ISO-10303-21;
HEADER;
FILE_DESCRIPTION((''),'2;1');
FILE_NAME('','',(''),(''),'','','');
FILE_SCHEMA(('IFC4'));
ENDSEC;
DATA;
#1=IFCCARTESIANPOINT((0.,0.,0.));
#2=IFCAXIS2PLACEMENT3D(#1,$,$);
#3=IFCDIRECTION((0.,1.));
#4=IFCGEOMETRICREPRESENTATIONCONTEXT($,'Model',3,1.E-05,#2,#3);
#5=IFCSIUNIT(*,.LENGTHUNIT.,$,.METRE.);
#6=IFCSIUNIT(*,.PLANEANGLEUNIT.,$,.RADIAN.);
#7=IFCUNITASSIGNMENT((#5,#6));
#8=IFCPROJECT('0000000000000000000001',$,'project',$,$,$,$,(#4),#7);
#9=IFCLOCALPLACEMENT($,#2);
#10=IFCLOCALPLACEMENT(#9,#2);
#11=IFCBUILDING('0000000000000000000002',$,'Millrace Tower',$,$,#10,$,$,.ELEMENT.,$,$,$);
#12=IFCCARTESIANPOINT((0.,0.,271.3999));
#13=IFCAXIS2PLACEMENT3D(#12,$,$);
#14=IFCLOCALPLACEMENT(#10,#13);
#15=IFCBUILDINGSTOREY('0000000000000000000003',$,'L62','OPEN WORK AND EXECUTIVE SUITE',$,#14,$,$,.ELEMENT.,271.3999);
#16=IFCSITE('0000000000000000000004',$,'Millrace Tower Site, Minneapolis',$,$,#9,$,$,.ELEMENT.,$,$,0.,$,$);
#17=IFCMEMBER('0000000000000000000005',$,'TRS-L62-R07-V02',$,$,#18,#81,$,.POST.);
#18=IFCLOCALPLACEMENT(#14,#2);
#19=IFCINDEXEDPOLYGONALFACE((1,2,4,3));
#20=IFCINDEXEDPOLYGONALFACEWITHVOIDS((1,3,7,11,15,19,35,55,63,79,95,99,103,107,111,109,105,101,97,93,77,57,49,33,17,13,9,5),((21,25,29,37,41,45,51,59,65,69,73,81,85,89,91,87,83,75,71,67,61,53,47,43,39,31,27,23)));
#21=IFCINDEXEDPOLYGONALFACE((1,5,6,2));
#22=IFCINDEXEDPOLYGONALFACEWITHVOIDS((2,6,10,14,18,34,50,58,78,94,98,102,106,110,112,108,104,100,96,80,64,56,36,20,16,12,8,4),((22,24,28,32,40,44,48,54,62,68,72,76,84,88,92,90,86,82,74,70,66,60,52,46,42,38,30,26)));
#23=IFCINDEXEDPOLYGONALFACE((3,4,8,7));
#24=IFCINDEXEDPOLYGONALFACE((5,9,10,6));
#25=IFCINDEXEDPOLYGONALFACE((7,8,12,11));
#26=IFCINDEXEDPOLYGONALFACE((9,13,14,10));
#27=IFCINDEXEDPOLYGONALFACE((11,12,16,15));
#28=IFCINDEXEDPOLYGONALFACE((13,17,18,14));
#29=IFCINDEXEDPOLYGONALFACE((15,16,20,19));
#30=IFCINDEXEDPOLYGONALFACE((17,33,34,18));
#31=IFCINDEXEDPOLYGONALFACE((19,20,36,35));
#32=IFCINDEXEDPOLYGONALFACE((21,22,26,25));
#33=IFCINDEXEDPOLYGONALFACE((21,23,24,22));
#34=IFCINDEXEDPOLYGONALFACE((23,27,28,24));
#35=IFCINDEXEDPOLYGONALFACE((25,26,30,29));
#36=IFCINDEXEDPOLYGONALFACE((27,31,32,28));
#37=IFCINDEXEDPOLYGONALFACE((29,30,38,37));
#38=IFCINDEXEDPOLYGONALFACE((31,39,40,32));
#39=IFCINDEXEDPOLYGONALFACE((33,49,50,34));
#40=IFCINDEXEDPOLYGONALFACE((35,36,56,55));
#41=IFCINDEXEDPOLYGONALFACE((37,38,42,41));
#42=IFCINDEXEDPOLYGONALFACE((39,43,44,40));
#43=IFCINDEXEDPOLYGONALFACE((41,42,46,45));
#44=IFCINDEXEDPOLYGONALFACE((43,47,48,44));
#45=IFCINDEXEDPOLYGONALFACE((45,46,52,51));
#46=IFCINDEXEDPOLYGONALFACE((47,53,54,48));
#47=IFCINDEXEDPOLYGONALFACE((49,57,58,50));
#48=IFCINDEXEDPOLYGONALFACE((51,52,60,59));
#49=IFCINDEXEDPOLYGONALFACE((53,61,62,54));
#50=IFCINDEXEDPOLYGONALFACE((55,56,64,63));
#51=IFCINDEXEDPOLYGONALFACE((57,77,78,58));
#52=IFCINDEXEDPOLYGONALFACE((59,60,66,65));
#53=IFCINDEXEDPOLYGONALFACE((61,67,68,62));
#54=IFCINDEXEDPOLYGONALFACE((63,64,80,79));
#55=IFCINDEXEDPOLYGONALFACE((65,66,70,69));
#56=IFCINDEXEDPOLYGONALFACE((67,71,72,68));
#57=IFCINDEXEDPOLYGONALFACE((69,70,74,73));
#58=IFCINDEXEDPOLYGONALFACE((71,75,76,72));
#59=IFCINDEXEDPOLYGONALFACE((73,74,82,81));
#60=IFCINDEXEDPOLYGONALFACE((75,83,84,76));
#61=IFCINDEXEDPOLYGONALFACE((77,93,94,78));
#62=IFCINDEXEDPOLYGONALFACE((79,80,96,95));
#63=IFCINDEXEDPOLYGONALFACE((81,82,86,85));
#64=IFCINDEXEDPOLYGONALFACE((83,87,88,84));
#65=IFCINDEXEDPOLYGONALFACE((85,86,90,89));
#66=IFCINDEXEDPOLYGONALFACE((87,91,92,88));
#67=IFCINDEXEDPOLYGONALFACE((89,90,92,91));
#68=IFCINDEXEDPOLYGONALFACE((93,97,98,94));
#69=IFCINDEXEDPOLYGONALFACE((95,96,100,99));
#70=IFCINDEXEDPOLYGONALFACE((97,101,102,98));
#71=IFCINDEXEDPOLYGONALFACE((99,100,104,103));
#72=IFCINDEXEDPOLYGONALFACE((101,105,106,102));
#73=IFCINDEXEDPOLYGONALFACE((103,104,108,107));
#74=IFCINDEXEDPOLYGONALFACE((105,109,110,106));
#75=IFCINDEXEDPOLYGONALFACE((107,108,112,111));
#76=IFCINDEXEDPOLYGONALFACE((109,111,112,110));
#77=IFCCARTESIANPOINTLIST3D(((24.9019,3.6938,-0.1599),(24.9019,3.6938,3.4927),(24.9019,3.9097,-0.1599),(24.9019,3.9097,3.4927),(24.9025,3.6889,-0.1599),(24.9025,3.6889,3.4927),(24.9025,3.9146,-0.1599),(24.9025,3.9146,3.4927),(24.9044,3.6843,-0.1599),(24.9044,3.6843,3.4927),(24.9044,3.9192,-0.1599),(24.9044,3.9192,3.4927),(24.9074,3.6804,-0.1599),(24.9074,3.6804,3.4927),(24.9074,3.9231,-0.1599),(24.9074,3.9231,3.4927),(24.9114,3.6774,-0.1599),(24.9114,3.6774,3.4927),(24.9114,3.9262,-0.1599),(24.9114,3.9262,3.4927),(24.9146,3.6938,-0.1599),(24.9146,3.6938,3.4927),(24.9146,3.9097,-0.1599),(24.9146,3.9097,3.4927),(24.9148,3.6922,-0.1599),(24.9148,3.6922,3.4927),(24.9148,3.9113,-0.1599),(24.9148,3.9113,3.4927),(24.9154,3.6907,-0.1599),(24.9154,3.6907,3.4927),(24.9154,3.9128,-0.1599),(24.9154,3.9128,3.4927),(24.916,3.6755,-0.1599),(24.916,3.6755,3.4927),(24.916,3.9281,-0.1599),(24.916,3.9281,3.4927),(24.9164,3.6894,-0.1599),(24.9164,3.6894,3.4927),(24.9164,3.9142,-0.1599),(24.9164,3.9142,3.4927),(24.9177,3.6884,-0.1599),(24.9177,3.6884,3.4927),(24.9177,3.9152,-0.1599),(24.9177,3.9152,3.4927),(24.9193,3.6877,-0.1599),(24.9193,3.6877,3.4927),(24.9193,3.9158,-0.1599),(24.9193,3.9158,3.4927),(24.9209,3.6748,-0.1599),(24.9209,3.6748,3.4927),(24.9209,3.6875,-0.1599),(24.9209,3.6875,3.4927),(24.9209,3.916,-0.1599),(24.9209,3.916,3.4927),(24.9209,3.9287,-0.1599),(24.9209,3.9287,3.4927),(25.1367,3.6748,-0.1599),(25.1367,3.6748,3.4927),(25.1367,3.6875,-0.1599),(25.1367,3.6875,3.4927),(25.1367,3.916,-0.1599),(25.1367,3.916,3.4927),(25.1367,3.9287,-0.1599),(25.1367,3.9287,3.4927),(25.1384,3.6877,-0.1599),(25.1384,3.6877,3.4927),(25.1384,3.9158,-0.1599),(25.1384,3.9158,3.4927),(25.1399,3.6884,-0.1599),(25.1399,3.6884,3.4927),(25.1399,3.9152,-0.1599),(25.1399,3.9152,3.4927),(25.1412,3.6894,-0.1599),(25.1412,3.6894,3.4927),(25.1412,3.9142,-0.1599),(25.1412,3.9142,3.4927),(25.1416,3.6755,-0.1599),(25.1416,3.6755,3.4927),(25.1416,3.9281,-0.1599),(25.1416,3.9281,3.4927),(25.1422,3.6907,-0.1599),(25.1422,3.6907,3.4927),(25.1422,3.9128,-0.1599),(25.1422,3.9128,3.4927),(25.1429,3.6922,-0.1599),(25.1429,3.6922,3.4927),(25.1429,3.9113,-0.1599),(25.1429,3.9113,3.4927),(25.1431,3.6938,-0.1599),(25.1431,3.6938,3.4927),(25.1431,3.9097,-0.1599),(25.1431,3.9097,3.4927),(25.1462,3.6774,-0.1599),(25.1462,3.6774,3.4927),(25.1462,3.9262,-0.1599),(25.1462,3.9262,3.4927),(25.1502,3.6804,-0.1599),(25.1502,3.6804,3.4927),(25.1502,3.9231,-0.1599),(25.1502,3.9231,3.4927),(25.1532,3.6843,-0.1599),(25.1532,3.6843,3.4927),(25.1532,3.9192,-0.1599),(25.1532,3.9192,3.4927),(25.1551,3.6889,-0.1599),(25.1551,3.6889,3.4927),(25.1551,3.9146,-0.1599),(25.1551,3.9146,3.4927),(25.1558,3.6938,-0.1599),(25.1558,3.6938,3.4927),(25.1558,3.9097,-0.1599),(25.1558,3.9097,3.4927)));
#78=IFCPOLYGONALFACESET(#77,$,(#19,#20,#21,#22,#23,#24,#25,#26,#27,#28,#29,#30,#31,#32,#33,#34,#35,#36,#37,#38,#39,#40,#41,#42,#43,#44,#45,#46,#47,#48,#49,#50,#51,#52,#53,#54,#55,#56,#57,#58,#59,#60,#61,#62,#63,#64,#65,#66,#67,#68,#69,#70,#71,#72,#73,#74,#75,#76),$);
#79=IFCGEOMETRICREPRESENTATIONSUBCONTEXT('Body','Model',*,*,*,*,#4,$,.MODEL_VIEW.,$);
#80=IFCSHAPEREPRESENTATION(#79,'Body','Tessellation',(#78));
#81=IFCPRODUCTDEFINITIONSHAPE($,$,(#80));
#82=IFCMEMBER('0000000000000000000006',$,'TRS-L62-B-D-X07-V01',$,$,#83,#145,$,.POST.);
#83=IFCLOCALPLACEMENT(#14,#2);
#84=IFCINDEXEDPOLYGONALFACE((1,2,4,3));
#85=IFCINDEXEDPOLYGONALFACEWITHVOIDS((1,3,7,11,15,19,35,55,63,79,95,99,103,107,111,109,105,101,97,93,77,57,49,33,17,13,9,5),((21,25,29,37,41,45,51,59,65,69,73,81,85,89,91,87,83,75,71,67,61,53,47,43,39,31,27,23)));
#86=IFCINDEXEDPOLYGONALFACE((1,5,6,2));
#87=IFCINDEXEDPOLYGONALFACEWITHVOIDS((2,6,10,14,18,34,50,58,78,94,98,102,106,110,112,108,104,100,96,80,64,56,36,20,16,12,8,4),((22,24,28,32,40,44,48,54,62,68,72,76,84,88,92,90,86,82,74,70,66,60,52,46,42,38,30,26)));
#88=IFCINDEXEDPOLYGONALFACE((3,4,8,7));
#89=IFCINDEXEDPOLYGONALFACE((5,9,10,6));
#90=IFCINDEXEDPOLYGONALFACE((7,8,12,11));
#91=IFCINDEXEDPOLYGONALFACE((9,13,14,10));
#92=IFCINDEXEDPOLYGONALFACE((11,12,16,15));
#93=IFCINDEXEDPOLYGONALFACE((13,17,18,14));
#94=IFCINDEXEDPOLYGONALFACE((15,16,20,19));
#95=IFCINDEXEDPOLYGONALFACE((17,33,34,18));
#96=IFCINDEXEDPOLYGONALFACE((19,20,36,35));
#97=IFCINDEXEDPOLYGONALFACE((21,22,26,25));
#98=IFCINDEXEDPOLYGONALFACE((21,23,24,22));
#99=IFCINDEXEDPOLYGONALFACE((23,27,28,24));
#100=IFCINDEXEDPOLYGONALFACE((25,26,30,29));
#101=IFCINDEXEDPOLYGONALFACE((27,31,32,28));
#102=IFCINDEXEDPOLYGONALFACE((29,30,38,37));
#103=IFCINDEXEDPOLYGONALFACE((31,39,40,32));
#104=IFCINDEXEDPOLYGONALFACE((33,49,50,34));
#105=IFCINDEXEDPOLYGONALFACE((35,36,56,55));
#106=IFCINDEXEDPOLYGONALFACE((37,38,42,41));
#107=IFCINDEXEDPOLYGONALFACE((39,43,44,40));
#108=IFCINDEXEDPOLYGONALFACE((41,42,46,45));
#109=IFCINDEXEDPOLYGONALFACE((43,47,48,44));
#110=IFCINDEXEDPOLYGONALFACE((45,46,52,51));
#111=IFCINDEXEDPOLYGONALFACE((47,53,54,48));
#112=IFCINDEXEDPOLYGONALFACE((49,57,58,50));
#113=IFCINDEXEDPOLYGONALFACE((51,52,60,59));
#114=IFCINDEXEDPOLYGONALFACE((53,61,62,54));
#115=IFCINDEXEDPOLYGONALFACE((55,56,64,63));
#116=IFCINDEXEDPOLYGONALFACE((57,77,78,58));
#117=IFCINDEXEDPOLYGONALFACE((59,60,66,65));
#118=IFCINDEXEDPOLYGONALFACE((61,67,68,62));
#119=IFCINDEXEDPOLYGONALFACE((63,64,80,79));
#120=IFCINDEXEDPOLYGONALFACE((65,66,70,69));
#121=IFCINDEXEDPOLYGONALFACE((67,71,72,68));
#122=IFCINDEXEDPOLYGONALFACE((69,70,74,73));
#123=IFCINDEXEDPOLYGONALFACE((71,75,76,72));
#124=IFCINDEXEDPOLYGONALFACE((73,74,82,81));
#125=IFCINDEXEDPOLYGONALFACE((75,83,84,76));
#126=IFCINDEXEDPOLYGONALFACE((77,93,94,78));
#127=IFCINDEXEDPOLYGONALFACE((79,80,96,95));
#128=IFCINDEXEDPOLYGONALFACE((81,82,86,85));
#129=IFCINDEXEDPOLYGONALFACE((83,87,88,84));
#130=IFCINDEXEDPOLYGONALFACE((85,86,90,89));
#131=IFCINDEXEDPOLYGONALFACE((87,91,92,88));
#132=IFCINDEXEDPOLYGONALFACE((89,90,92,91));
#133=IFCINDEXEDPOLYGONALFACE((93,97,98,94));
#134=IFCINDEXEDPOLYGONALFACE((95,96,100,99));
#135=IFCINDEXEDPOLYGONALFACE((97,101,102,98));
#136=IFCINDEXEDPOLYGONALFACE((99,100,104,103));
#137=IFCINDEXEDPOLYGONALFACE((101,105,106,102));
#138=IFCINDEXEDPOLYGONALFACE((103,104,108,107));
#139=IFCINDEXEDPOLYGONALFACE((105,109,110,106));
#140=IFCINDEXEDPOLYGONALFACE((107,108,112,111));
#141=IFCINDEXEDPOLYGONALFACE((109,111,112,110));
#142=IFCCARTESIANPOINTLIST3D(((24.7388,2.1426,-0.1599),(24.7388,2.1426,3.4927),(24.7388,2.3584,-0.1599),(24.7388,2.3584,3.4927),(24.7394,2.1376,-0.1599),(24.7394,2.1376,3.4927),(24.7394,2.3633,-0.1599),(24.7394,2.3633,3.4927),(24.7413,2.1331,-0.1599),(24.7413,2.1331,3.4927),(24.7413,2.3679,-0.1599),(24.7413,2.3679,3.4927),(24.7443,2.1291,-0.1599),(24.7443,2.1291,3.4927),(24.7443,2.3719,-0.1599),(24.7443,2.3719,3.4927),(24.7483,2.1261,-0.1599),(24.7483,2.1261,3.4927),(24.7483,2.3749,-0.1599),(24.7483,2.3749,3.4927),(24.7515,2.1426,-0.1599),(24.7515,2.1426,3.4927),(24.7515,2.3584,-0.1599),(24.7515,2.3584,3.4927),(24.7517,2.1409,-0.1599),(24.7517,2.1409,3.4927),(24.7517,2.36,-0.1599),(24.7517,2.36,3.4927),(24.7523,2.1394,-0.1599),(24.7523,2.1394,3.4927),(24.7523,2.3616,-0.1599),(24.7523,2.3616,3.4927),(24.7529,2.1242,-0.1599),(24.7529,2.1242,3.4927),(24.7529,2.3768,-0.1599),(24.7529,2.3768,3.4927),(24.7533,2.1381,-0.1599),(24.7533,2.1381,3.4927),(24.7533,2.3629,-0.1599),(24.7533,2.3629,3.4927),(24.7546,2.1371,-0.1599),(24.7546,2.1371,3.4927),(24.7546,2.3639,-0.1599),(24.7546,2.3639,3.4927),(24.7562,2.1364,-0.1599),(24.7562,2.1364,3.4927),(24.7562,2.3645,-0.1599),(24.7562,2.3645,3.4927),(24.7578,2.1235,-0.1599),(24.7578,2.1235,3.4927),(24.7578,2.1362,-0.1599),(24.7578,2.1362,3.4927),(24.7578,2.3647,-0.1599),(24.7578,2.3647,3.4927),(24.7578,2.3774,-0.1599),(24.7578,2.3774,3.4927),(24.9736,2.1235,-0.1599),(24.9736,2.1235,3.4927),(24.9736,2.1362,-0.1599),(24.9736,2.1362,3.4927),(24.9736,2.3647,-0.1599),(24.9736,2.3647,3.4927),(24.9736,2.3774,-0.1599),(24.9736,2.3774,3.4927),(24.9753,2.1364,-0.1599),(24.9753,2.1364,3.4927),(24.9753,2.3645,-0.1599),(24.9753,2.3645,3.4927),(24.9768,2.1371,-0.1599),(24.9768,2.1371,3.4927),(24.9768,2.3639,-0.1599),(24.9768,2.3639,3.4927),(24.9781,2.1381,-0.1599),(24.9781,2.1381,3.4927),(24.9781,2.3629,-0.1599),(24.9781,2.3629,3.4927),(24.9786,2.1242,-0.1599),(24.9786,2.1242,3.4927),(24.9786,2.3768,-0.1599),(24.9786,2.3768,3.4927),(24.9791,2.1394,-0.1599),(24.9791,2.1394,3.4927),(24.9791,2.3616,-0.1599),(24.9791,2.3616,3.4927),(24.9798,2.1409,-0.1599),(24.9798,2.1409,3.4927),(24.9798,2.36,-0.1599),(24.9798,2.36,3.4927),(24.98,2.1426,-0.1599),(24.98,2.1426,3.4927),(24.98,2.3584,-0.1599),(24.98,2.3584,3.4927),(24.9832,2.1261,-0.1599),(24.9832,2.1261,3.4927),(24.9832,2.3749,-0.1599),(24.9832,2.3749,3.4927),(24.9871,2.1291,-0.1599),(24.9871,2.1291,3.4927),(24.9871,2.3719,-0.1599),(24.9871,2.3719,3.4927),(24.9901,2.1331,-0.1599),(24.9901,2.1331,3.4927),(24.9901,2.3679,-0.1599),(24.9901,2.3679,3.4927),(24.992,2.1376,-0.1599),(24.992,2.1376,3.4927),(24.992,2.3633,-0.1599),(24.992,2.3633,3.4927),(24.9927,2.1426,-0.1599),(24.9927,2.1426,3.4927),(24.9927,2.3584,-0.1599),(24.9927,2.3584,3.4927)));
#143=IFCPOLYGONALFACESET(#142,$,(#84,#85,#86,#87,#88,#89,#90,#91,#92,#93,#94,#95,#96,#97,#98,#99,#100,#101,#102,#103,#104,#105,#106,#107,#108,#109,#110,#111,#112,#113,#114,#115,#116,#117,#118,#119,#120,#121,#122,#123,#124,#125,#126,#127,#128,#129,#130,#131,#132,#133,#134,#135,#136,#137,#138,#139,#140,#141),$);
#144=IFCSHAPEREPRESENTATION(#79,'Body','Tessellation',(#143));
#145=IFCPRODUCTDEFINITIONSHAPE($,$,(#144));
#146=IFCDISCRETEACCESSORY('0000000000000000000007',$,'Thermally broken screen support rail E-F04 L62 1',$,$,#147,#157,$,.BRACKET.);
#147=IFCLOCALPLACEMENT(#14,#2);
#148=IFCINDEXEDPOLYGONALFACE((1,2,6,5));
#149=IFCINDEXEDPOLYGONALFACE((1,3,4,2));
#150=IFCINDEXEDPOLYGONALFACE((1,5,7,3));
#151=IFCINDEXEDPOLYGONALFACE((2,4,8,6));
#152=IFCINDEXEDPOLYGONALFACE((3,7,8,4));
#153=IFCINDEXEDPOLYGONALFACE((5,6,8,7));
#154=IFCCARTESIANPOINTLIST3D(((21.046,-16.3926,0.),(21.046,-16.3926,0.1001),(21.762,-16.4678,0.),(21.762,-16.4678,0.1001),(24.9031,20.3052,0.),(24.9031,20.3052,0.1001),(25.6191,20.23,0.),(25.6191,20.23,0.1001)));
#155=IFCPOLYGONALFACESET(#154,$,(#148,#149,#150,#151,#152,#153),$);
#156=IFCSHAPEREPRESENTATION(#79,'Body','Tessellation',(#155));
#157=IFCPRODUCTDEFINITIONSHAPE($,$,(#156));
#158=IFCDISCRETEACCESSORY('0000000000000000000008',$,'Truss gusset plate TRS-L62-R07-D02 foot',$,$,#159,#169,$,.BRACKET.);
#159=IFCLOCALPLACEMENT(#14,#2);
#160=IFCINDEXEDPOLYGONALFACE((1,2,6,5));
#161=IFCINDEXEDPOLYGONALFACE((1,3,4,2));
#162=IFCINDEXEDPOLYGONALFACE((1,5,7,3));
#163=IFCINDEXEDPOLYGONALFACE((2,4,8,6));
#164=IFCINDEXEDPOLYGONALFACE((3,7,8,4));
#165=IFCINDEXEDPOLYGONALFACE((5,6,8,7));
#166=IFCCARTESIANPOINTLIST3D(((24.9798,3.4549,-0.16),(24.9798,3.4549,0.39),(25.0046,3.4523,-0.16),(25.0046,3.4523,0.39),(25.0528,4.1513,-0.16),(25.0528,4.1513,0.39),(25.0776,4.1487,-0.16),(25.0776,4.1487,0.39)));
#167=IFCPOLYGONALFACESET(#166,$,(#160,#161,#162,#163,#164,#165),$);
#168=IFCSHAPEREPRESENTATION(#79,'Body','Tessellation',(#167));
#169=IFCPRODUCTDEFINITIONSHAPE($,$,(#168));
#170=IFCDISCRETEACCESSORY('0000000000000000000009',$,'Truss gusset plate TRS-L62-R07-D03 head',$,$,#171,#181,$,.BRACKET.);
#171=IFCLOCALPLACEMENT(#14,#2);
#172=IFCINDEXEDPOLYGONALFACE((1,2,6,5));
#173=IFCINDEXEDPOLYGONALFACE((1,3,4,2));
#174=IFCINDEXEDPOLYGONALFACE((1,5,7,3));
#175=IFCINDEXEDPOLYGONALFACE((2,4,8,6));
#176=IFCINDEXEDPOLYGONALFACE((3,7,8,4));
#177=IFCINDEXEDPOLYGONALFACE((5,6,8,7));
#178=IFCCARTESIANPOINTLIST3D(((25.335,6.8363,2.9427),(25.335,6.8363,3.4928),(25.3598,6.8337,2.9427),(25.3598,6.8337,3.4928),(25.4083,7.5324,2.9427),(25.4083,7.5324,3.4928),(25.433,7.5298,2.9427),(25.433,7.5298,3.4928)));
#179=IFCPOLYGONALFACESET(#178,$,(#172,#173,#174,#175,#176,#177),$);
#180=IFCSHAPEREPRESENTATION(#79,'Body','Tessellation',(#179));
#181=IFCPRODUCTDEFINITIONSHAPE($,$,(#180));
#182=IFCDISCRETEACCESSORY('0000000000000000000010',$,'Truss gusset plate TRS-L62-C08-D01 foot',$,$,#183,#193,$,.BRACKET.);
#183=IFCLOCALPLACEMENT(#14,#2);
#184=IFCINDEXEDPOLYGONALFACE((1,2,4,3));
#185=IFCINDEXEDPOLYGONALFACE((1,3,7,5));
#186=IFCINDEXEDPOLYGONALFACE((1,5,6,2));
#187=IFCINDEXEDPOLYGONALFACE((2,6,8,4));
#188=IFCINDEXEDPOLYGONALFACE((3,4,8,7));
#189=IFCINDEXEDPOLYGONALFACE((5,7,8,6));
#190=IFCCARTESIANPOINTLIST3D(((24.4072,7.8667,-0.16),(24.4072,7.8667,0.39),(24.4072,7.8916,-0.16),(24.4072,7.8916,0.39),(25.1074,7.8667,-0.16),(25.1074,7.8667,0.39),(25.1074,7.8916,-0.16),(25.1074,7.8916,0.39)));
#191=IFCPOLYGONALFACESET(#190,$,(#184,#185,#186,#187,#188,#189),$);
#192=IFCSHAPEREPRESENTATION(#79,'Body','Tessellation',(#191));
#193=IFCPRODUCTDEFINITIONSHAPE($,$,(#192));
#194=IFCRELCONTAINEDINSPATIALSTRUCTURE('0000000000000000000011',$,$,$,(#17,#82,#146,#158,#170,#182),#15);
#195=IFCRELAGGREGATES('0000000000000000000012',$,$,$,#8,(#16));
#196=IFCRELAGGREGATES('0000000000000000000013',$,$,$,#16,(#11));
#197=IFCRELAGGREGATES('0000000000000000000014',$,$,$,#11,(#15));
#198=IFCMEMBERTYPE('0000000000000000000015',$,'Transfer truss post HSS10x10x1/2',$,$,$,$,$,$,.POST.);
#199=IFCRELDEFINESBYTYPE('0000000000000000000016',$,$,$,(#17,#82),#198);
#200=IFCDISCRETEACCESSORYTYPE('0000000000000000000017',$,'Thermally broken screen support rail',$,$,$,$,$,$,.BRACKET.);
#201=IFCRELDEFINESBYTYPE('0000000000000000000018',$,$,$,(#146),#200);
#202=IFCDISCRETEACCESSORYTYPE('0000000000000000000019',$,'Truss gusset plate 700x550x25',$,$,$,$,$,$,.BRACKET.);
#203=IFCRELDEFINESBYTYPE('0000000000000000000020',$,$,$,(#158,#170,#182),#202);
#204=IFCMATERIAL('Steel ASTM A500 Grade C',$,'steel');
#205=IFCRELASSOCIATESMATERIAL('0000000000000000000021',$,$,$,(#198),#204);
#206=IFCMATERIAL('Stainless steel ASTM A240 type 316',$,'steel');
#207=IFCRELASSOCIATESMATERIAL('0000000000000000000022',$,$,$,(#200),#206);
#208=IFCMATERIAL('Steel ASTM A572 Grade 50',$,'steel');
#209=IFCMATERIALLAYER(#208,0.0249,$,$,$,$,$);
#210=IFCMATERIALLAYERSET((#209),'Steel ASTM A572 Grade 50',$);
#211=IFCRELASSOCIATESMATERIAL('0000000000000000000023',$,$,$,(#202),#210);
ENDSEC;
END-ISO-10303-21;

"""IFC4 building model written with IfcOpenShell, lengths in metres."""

from ifc_helpers import new_model, si_unit, direction, frame, origin, origin_2d, place, context, subcontext, project, spatial, rectangle, hollow_rectangle, extrude, material, layer, layer_set, material_profile, profile_set, type_object, element, save


model = new_model("IFC4")

# Units and contexts
model_context = context("Model", 3, precision=1e-05, world=origin(), true_north=direction((0.0, 1.0)))
body_context = subcontext(model_context, "Body", "Model", "MODEL_VIEW")
ifc_project = project(units=[si_unit("LENGTHUNIT", "METRE"), si_unit("PLANEANGLEUNIT", "RADIAN")], contexts=[model_context])

# Site, building, storey
site_placement = place(None, origin())
site = spatial("IfcSite", under=ifc_project, at=site_placement, Name="Millrace Tower Site, Minneapolis", CompositionType="ELEMENT", RefElevation=0.0)
building_placement = place(site_placement, origin())
building = spatial("IfcBuilding", under=site, at=building_placement, Name="Millrace Tower", CompositionType="ELEMENT")
storey_placement = place(building_placement, frame((0.0, 0.0, 271.3999)))
storey = spatial("IfcBuildingStorey", under=building, at=storey_placement, Name="L62", Description="OPEN WORK AND EXECUTIVE SUITE", CompositionType="ELEMENT", Elevation=271.3999)

# Members
ifc_material_1 = material(Name="Steel ASTM A500 Grade C", Category="steel")
ifc_material_profile_1 = material_profile(ifc_material_1, hollow_rectangle(XDim=0.2539, YDim=0.2539, WallThickness=0.0127, InnerFilletRadius=0.0063, OuterFilletRadius=0.019, at=origin_2d()))
ifc_profile_set_1 = profile_set([ifc_material_profile_1], Name="Steel ASTM A500 Grade C")
member_type_1 = type_object("IfcMemberType", Name="Transfer truss post HSS10x10x1/2", PredefinedType="POST", material=ifc_profile_set_1)
for number, where, z_axis, x_axis, name in (
    (1, (25.0288, 3.8018, -0.1599), (0.0, 0.0, 1.0), (1.0, 0.0, 0.0), "TRS-L62-R07-V02"),
    (2, (24.8657, 2.2505, -0.1599), (0.0, 0.0, 1.0), (1.0, 0.0, 0.0), "TRS-L62-B-D-X07-V01"),
):
    element("IfcMember", number, at=place(storey_placement, frame(where, z_axis=z_axis, x_axis=x_axis)), inside=storey, type_object=member_type_1, Name=name, PredefinedType="POST", context=body_context, shape_type="SweptSolid", body=[
        extrude(hollow_rectangle(XDim=0.2539, YDim=0.2539, WallThickness=0.0127, InnerFilletRadius=0.0063, OuterFilletRadius=0.019, at=origin_2d()), origin(), (0.0, 0.0, 1.0), 3.6526),
    ])

# Discrete accessories
ifc_material_2 = material(Name="Stainless steel ASTM A240 type 316", Category="steel")
discrete_accessory_type_1 = type_object("IfcDiscreteAccessoryType", Name="Thermally broken screen support rail", PredefinedType="BRACKET", material=ifc_material_2)
discrete_accessory_1_placement = place(storey_placement, frame((23.3325, 1.9187, 0.0), z_axis=(0.0, 0.0, 1.0), x_axis=(0.104528, 0.994522, 0.0)))
element("IfcDiscreteAccessory", 3, at=discrete_accessory_1_placement, inside=storey, type_object=discrete_accessory_type_1, Name="Thermally broken screen support rail E-F04 L62 1", PredefinedType="BRACKET", context=body_context, shape_type="SweptSolid", body=[
    extrude(rectangle(XDim=36.8999, YDim=0.72, at=origin_2d()), origin(), (0.0, 0.0, 1.0), 0.1001),
])
ifc_material_3 = material(Name="Steel ASTM A572 Grade 50", Category="steel")
ifc_layer_1 = layer(ifc_material_3, 0.0249)
ifc_layer_set_1 = layer_set([ifc_layer_1], Name="Steel ASTM A572 Grade 50")
discrete_accessory_type_2 = type_object("IfcDiscreteAccessoryType", Name="Truss gusset plate 700x550x25", PredefinedType="BRACKET", material=ifc_layer_set_1)
discrete_accessory_2_placement = place(storey_placement, frame((24.9922, 3.4536, 0.115), z_axis=(0.104267, 0.994549, 0.0), x_axis=(-0.994549, 0.104267, 0.0)))
element("IfcDiscreteAccessory", 4, at=discrete_accessory_2_placement, inside=storey, type_object=discrete_accessory_type_2, Name="Truss gusset plate TRS-L62-R07-D02 foot", PredefinedType="BRACKET", context=body_context, shape_type="SweptSolid", body=[
    extrude(rectangle(XDim=0.0249, YDim=0.55, at=origin_2d()), origin(), (0.0, 0.0, 1.0), 0.7002),
])
discrete_accessory_3_placement = place(storey_placement, frame((25.3474, 6.835, 3.2178), z_axis=(0.104648, 0.994509, 0.0), x_axis=(-0.994509, 0.104648, 0.0)))
element("IfcDiscreteAccessory", 5, at=discrete_accessory_3_placement, inside=storey, type_object=discrete_accessory_type_2, Name="Truss gusset plate TRS-L62-R07-D03 head", PredefinedType="BRACKET", context=body_context, shape_type="SweptSolid", body=[
    extrude(rectangle(XDim=0.0249, YDim=0.55, at=origin_2d()), origin(), (0.0, 0.0, 1.0), 0.7),
])
discrete_accessory_4_placement = place(storey_placement, frame((24.4072, 7.8792, 0.115), z_axis=(1.0, 0.0, 0.0), x_axis=(0.0, 1.0, 0.0)))
element("IfcDiscreteAccessory", 6, at=discrete_accessory_4_placement, inside=storey, type_object=discrete_accessory_type_2, Name="Truss gusset plate TRS-L62-C08-D01 foot", PredefinedType="BRACKET", context=body_context, shape_type="SweptSolid", body=[
    extrude(rectangle(XDim=0.0249, YDim=0.55, at=origin_2d()), origin(), (0.0, 0.0, 1.0), 0.7002),
])

save(model, "model.ifc")
